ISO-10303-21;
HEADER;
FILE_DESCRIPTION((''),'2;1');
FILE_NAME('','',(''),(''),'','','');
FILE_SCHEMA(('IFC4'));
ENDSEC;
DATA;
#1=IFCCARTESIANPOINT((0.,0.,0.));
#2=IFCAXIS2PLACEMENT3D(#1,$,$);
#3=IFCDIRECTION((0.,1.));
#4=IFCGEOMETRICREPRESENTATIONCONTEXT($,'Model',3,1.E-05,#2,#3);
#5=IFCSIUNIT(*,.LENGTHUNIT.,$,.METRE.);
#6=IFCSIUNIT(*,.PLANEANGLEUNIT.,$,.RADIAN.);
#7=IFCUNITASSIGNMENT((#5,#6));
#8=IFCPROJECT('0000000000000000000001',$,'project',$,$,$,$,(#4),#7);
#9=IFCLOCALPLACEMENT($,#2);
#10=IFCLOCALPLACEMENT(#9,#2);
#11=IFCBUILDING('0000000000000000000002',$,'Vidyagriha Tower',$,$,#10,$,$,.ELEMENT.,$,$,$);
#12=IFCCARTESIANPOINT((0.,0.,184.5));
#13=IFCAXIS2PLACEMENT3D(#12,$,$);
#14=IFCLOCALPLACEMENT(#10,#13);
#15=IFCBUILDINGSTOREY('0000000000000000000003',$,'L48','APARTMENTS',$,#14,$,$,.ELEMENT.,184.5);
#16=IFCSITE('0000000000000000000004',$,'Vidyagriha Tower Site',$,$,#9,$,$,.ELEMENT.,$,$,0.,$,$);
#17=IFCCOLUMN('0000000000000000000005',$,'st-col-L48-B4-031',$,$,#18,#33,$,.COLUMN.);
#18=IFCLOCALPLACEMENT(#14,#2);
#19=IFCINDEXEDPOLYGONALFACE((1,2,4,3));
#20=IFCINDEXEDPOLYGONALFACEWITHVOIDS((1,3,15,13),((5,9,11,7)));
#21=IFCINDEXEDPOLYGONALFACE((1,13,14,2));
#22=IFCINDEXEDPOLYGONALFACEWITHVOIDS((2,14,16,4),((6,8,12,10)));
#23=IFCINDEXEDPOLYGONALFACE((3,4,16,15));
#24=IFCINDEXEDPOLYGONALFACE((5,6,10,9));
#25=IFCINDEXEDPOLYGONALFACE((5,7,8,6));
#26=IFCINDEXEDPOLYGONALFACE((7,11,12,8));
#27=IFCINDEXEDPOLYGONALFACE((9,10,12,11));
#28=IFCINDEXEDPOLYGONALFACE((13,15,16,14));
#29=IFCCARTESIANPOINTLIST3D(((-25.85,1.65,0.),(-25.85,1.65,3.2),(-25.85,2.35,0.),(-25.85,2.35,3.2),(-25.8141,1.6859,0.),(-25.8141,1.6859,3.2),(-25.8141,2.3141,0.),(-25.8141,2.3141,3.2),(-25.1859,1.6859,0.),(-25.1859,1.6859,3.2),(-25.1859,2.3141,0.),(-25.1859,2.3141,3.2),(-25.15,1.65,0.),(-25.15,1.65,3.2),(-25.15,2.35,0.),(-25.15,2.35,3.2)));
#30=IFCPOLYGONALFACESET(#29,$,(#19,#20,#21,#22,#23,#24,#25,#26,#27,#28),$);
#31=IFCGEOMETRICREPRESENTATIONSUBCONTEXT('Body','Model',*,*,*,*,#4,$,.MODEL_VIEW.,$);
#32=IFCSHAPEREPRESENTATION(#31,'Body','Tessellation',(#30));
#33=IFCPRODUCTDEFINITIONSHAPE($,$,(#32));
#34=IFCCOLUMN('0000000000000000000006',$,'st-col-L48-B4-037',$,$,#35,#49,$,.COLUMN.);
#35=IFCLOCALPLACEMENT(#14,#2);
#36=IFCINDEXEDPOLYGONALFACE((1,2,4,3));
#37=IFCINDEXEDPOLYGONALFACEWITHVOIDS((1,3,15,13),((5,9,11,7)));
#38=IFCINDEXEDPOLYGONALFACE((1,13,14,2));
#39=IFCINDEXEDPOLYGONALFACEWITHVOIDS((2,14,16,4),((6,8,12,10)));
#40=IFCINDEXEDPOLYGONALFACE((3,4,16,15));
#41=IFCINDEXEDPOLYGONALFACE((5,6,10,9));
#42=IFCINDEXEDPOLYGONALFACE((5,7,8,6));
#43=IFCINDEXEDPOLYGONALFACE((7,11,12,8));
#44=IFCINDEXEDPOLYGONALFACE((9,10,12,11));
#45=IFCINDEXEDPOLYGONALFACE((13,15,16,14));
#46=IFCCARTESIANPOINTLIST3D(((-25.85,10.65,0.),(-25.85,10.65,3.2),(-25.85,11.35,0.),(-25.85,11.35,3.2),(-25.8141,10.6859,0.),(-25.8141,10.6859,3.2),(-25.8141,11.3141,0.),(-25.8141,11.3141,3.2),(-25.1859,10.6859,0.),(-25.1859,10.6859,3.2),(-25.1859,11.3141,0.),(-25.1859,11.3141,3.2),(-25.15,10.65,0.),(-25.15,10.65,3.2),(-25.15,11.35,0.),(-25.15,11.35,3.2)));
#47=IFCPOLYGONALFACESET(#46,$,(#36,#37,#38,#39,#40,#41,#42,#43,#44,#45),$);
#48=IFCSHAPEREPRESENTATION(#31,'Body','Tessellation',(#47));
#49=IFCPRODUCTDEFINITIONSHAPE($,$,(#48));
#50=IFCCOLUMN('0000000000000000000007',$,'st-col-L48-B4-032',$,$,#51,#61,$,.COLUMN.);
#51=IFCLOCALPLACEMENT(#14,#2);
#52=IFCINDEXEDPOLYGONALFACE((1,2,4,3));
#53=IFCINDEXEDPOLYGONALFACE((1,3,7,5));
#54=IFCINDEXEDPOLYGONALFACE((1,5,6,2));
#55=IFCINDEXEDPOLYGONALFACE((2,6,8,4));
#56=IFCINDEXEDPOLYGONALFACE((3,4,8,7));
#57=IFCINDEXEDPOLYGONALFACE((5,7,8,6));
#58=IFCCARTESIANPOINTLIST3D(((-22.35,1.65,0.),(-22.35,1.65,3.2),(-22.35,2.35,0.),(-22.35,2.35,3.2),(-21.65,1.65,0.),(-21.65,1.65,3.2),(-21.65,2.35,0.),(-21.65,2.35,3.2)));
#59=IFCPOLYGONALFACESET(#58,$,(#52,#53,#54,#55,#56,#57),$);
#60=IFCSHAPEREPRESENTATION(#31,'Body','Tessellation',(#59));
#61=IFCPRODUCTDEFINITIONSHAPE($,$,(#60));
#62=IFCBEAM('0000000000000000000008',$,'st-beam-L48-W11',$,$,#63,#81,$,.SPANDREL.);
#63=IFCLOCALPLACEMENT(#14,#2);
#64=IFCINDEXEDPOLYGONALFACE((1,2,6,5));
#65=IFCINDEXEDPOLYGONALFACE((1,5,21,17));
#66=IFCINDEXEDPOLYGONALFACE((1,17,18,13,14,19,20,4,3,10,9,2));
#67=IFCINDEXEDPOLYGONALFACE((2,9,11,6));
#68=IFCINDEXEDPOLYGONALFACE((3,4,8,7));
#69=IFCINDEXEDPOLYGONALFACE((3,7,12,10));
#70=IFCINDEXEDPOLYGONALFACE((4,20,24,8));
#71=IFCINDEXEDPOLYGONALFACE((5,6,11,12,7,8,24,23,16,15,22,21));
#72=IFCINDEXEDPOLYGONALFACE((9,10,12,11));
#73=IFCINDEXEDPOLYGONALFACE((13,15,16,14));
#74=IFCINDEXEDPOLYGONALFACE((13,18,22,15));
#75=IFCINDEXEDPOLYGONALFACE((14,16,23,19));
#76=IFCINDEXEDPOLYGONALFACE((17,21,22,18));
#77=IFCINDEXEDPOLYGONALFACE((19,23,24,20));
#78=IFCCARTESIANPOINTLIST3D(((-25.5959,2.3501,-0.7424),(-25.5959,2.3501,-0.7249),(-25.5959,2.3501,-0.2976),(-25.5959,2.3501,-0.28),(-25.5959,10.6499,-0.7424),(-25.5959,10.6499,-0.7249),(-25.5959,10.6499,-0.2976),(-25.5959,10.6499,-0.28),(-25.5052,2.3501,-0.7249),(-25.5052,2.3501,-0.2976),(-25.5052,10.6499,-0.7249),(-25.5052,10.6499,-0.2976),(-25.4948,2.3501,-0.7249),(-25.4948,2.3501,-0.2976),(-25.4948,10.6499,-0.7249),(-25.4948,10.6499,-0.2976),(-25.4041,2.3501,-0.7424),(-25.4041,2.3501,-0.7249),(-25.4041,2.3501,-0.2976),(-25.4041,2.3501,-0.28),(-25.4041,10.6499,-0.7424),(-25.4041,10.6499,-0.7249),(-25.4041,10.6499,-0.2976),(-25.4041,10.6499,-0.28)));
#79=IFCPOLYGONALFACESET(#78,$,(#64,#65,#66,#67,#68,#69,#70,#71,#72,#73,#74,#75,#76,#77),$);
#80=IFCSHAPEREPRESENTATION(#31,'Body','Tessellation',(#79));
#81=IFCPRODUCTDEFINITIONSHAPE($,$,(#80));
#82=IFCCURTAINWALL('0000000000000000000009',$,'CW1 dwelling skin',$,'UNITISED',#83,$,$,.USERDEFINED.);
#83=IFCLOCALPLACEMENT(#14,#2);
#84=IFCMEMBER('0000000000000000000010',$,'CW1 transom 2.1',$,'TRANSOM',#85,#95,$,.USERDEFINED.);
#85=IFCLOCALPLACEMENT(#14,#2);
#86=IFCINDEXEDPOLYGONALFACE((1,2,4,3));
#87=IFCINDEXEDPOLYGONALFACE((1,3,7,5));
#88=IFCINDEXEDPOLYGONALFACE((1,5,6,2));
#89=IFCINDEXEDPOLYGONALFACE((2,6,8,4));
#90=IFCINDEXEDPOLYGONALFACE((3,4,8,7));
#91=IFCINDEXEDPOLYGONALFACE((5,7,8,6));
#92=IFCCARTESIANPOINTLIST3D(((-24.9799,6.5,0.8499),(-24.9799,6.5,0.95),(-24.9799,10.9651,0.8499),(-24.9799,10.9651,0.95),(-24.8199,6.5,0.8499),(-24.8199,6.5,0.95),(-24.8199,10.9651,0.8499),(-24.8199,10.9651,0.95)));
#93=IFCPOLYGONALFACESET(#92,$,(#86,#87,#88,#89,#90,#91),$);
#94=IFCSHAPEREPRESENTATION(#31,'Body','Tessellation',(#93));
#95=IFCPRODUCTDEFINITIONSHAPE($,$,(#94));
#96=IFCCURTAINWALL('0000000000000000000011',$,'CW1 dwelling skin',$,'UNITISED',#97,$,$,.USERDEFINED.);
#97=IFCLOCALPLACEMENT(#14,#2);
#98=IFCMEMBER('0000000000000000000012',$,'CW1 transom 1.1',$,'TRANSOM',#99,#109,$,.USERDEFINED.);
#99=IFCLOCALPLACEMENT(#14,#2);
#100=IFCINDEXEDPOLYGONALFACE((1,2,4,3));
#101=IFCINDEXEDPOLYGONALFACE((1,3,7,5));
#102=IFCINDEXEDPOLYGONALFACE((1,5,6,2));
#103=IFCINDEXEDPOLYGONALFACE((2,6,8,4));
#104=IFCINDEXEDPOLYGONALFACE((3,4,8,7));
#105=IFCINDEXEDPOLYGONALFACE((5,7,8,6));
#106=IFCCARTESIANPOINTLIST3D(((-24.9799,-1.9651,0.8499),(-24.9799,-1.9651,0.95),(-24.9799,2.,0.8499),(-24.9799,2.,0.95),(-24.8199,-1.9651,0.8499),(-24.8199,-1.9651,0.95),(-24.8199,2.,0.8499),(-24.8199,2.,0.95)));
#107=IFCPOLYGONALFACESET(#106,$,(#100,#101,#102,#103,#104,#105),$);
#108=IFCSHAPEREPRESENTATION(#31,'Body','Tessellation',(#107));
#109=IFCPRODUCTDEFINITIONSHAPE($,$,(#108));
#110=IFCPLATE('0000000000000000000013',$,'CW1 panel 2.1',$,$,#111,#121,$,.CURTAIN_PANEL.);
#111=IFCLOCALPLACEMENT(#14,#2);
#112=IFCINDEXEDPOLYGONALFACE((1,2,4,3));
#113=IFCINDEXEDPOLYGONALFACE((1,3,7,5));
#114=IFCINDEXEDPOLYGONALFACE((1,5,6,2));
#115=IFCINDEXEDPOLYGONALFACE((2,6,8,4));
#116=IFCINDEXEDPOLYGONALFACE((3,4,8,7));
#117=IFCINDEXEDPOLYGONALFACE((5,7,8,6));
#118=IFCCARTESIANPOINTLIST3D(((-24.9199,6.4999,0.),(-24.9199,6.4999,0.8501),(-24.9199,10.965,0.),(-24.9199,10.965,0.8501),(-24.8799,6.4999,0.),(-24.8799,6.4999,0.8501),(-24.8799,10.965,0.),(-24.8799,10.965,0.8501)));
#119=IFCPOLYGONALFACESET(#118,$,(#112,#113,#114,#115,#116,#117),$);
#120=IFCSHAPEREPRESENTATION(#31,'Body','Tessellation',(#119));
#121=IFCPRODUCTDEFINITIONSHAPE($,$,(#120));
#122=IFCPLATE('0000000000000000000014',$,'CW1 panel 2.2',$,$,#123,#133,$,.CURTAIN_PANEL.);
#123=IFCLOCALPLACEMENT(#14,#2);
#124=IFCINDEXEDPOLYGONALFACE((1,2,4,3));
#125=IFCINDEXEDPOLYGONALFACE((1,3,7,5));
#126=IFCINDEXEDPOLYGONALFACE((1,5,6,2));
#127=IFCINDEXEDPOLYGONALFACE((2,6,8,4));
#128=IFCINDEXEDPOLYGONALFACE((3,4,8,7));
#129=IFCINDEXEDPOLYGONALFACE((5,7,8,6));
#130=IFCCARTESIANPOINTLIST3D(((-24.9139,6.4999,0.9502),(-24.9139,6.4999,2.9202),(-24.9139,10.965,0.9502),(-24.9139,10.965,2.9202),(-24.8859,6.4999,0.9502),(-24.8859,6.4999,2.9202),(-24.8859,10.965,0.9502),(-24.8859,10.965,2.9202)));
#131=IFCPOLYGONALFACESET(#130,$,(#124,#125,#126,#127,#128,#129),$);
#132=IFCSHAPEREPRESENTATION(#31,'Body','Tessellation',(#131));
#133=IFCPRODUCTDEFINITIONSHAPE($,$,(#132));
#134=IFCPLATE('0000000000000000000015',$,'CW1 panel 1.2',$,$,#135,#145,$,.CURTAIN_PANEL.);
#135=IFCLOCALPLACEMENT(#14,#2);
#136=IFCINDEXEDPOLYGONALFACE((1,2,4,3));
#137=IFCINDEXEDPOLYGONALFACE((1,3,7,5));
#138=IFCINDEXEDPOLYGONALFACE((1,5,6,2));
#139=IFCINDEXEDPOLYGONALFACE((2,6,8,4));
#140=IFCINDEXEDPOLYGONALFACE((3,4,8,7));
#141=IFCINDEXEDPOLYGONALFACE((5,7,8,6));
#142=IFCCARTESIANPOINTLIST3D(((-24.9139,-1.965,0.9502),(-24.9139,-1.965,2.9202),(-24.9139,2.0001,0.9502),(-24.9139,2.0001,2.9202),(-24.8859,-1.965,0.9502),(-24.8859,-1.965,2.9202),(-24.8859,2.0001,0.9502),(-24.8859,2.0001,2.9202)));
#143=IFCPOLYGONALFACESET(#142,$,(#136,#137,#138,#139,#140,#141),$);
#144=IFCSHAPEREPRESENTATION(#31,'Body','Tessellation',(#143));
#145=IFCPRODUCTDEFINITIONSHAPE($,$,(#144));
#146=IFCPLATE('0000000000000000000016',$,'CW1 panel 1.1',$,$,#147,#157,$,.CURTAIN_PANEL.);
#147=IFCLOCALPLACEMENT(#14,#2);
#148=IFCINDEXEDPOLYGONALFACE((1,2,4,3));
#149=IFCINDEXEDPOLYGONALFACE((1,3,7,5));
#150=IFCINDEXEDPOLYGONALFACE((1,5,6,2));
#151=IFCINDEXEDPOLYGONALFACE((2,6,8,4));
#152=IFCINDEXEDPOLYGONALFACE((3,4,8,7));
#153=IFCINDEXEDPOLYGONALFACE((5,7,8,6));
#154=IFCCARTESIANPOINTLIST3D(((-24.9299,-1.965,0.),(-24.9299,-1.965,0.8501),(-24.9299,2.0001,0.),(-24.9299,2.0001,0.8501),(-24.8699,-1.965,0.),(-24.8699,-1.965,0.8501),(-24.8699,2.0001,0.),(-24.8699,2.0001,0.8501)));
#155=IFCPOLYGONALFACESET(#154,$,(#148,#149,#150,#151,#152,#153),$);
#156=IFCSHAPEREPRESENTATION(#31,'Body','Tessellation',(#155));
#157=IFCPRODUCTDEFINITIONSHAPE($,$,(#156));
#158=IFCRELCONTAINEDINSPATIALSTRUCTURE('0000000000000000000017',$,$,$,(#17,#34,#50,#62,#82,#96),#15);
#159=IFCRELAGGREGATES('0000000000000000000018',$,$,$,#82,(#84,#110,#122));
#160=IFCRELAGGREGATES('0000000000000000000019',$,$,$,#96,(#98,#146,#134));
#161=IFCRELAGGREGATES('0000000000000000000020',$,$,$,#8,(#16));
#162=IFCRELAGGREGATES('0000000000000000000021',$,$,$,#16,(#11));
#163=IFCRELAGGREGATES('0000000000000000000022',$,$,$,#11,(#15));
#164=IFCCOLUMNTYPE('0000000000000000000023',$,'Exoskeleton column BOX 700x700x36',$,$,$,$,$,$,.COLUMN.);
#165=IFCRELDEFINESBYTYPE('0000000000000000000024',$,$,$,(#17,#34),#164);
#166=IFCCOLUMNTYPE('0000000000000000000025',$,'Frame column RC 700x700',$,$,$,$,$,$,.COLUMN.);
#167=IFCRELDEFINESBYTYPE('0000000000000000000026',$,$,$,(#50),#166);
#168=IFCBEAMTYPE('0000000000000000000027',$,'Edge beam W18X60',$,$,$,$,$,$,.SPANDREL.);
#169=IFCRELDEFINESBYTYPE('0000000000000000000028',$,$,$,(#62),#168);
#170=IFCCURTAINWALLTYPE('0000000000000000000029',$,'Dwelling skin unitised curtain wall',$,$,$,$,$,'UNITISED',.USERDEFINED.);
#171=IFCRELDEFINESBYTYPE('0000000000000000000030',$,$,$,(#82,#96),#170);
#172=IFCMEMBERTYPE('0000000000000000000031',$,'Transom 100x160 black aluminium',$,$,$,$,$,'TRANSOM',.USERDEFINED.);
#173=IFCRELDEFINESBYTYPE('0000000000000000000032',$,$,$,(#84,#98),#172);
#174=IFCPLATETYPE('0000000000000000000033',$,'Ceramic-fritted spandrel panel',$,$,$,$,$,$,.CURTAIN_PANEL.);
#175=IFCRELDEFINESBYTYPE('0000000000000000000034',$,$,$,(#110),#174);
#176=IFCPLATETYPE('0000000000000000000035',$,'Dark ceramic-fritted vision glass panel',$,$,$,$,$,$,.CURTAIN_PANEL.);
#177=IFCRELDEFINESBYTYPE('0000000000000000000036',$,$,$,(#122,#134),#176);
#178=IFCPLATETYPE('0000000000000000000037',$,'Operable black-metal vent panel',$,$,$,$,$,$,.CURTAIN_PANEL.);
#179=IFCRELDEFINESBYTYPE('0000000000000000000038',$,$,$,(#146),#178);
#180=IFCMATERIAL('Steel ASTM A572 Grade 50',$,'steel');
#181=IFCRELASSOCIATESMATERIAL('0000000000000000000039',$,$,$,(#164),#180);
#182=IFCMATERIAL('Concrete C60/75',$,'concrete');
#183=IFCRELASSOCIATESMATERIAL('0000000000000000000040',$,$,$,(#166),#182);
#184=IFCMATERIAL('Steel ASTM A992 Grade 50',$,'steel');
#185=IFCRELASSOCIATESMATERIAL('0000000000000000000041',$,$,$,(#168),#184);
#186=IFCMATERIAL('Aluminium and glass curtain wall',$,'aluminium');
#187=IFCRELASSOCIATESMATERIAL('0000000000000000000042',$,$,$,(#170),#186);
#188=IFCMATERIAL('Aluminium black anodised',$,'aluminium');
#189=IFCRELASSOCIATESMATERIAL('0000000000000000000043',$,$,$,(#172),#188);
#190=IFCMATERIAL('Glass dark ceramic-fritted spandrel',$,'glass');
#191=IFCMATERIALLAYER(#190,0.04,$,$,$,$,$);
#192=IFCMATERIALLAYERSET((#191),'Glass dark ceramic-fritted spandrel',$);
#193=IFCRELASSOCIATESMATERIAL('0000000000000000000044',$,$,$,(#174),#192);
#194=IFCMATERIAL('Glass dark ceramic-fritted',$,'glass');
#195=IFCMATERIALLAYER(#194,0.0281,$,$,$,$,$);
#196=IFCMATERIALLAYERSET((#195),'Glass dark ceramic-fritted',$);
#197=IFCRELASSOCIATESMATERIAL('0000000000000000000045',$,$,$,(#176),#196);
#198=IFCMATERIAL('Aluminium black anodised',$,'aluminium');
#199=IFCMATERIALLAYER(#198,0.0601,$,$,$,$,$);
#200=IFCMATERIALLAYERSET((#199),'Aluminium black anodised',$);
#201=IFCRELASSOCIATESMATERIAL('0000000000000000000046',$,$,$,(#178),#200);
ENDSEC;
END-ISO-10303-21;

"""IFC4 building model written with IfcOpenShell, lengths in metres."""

from ifc_helpers import new_model, si_unit, direction, frame, origin, origin_2d, place, context, subcontext, project, spatial, rectangle, hollow_rectangle, i_section, extrude, material, layer, layer_set, material_profile, profile_set, type_object, element, aggregate, save


model = new_model("IFC4")

# Units and contexts
model_context = context("Model", 3, precision=1e-05, world=origin(), true_north=direction((0.0, 1.0)))
body_context = subcontext(model_context, "Body", "Model", "MODEL_VIEW")
ifc_project = project(units=[si_unit("LENGTHUNIT", "METRE"), si_unit("PLANEANGLEUNIT", "RADIAN")], contexts=[model_context])

# Site, building, storey
site_placement = place(None, origin())
site = spatial("IfcSite", under=ifc_project, at=site_placement, Name="Vidyagriha Tower Site", CompositionType="ELEMENT", RefElevation=0.0)
building_placement = place(site_placement, origin())
building = spatial("IfcBuilding", under=site, at=building_placement, Name="Vidyagriha Tower", CompositionType="ELEMENT")
storey_placement = place(building_placement, frame((0.0, 0.0, 184.5)))
storey = spatial("IfcBuildingStorey", under=building, at=storey_placement, Name="L48", Description="APARTMENTS", CompositionType="ELEMENT", Elevation=184.5)

# Columns
ifc_material_1 = material(Name="Steel ASTM A572 Grade 50", Category="steel")
ifc_material_profile_1 = material_profile(ifc_material_1, hollow_rectangle(XDim=0.7, YDim=0.7, WallThickness=0.0359, at=origin_2d()), Name="BOX 700x700x36")
ifc_profile_set_1 = profile_set([ifc_material_profile_1], Name="Steel ASTM A572 Grade 50")
column_type_1 = type_object("IfcColumnType", Name="Exoskeleton column BOX 700x700x36", PredefinedType="COLUMN", material=ifc_profile_set_1)
for number, where, name in (
    (1, (-25.5, 2.0, 0.0), "st-col-L48-B4-031"),
    (2, (-25.5, 11.0, 0.0), "st-col-L48-B4-037"),
):
    element("IfcColumn", number, at=place(storey_placement, frame(where)), inside=storey, type_object=column_type_1, Name=name, PredefinedType="COLUMN", context=body_context, shape_type="SweptSolid", body=[
        extrude(hollow_rectangle(XDim=0.7, YDim=0.7, WallThickness=0.0359, at=origin_2d()), origin(), (0.0, 0.0, 1.0), 3.2),
    ])
ifc_material_2 = material(Name="Concrete C60/75", Category="concrete")
ifc_material_profile_2 = material_profile(ifc_material_2, rectangle(XDim=0.7, YDim=0.7, at=origin_2d()), Name="RC 700x700")
ifc_profile_set_2 = profile_set([ifc_material_profile_2], Name="Concrete C60/75")
column_type_2 = type_object("IfcColumnType", Name="Frame column RC 700x700", PredefinedType="COLUMN", material=ifc_profile_set_2)
column_placement = place(storey_placement, frame((-22.0, 2.0, 0.0)))
element("IfcColumn", 3, at=column_placement, inside=storey, type_object=column_type_2, Name="st-col-L48-B4-032", PredefinedType="COLUMN", context=body_context, shape_type="SweptSolid", body=[
    extrude(rectangle(XDim=0.7, YDim=0.7, at=origin_2d()), origin(), (0.0, 0.0, 1.0), 3.2),
])

# Beam
ifc_material_3 = material(Name="Steel ASTM A992 Grade 50", Category="steel")
ifc_material_profile_3 = material_profile(ifc_material_3, i_section(OverallWidth=0.1919, OverallDepth=0.4624, WebThickness=0.0105, FlangeThickness=0.0176, at=origin_2d()), Name="W18X60")
ifc_profile_set_3 = profile_set([ifc_material_profile_3], Name="Steel ASTM A992 Grade 50")
beam_type = type_object("IfcBeamType", Name="Edge beam W18X60", PredefinedType="SPANDREL", material=ifc_profile_set_3)
beam_placement = place(storey_placement, frame((-25.5, 2.3501, -0.5112), z_axis=(0.0, 1.0, 0.0), x_axis=(-1.0, 0.0, 0.0)))
element("IfcBeam", 4, at=beam_placement, inside=storey, type_object=beam_type, Name="st-beam-L48-W11", PredefinedType="SPANDREL", context=body_context, shape_type="SweptSolid", body=[
    extrude(i_section(OverallWidth=0.1919, OverallDepth=0.4624, WebThickness=0.0105, FlangeThickness=0.0176, at=origin_2d()), origin(), (0.0, 0.0, 1.0), 8.2998),
])

# Curtain walls, members
ifc_material_4 = material(Name="Aluminium and glass curtain wall", Category="aluminium")
curtain_wall_type = type_object("IfcCurtainWallType", Name="Dwelling skin unitised curtain wall", ElementType="UNITISED", PredefinedType="USERDEFINED", material=ifc_material_4)
curtain_wall_1_placement = place(storey_placement, origin())
curtain_wall_1 = element("IfcCurtainWall", 5, at=curtain_wall_1_placement, inside=storey, type_object=curtain_wall_type, Name="CW1 dwelling skin", ObjectType="UNITISED", PredefinedType="USERDEFINED")
ifc_material_5 = material(Name="Aluminium black anodised", Category="aluminium")
ifc_material_profile_4 = material_profile(ifc_material_5, rectangle(XDim=0.1599, YDim=0.1001, at=origin_2d()), Name="Transom 100x160 black aluminium")
ifc_profile_set_4 = profile_set([ifc_material_profile_4], Name="Aluminium black anodised")
member_type = type_object("IfcMemberType", Name="Transom 100x160 black aluminium", ElementType="TRANSOM", PredefinedType="USERDEFINED", material=ifc_profile_set_4)
member_1_placement = place(storey_placement, frame((-24.8999, 10.9651, 0.8999), z_axis=(0.0, -1.0, 0.0), x_axis=(1.0, 0.0, 0.0)))
member_1 = element("IfcMember", 6, at=member_1_placement, type_object=member_type, Name="CW1 transom 2.1", ObjectType="TRANSOM", PredefinedType="USERDEFINED", context=body_context, shape_type="SweptSolid", body=[
    extrude(rectangle(XDim=0.1599, YDim=0.1001, at=origin_2d()), origin(), (0.0, 0.0, 1.0), 4.4651),
])
curtain_wall_2_placement = place(storey_placement, origin())
curtain_wall_2 = element("IfcCurtainWall", 7, at=curtain_wall_2_placement, inside=storey, type_object=curtain_wall_type, Name="CW1 dwelling skin", ObjectType="UNITISED", PredefinedType="USERDEFINED")
member_2_placement = place(storey_placement, frame((-24.8999, 2.0, 0.8999), z_axis=(0.0, -1.0, 0.0), x_axis=(1.0, 0.0, 0.0)))
member_2 = element("IfcMember", 8, at=member_2_placement, type_object=member_type, Name="CW1 transom 1.1", ObjectType="TRANSOM", PredefinedType="USERDEFINED", context=body_context, shape_type="SweptSolid", body=[
    extrude(rectangle(XDim=0.1599, YDim=0.1001, at=origin_2d()), origin(), (0.0, 0.0, 1.0), 3.9651),
])

# Plates
ifc_material_6 = material(Name="Glass dark ceramic-fritted spandrel", Category="glass")
ifc_layer_1 = layer(ifc_material_6, 0.04)
ifc_layer_set_1 = layer_set([ifc_layer_1], Name="Glass dark ceramic-fritted spandrel")
plate_type_1 = type_object("IfcPlateType", Name="Ceramic-fritted spandrel panel", PredefinedType="CURTAIN_PANEL", material=ifc_layer_set_1)
plate_1_placement = place(storey_placement, frame((-24.8999, 8.7324, 0.0), z_axis=(0.0, 0.0, 1.0), x_axis=(0.0, -1.0, 0.0)))
plate_1 = element("IfcPlate", 9, at=plate_1_placement, type_object=plate_type_1, Name="CW1 panel 2.1", PredefinedType="CURTAIN_PANEL", context=body_context, shape_type="SweptSolid", body=[
    extrude(rectangle(XDim=4.4651, YDim=0.04, at=origin_2d()), origin(), (0.0, 0.0, 1.0), 0.8501),
])
ifc_material_7 = material(Name="Glass dark ceramic-fritted", Category="glass")
ifc_layer_2 = layer(ifc_material_7, 0.0281)
ifc_layer_set_2 = layer_set([ifc_layer_2], Name="Glass dark ceramic-fritted")
plate_type_2 = type_object("IfcPlateType", Name="Dark ceramic-fritted vision glass panel", PredefinedType="CURTAIN_PANEL", material=ifc_layer_set_2)
plate_2_placement = place(storey_placement, frame((-24.8999, 8.7324, 0.9502), z_axis=(0.0, 0.0, 1.0), x_axis=(0.0, -1.0, 0.0)))
plate_2 = element("IfcPlate", 10, at=plate_2_placement, type_object=plate_type_2, Name="CW1 panel 2.2", PredefinedType="CURTAIN_PANEL", context=body_context, shape_type="SweptSolid", body=[
    extrude(rectangle(XDim=4.4651, YDim=0.0281, at=origin_2d()), origin(), (0.0, 0.0, 1.0), 1.97),
])
aggregate(curtain_wall_1, [member_1, plate_1, plate_2])
plate_3_placement = place(storey_placement, frame((-24.8999, 0.0176, 0.9502), z_axis=(0.0, 0.0, 1.0), x_axis=(0.0, -1.0, 0.0)))
plate_3 = element("IfcPlate", 11, at=plate_3_placement, type_object=plate_type_2, Name="CW1 panel 1.2", PredefinedType="CURTAIN_PANEL", context=body_context, shape_type="SweptSolid", body=[
    extrude(rectangle(XDim=3.9651, YDim=0.0281, at=origin_2d()), origin(), (0.0, 0.0, 1.0), 1.97),
])
ifc_material_8 = material(Name="Aluminium black anodised", Category="aluminium")
ifc_layer_3 = layer(ifc_material_8, 0.0601)
ifc_layer_set_3 = layer_set([ifc_layer_3], Name="Aluminium black anodised")
plate_type_3 = type_object("IfcPlateType", Name="Operable black-metal vent panel", PredefinedType="CURTAIN_PANEL", material=ifc_layer_set_3)
plate_4_placement = place(storey_placement, frame((-24.8999, 0.0176, 0.0), z_axis=(0.0, 0.0, 1.0), x_axis=(0.0, -1.0, 0.0)))
plate_4 = element("IfcPlate", 12, at=plate_4_placement, type_object=plate_type_3, Name="CW1 panel 1.1", PredefinedType="CURTAIN_PANEL", context=body_context, shape_type="SweptSolid", body=[
    extrude(rectangle(XDim=3.9651, YDim=0.0601, at=origin_2d()), origin(), (0.0, 0.0, 1.0), 0.8501),
])
aggregate(curtain_wall_2, [member_2, plate_4, plate_3])

save(model, "model.ifc")
